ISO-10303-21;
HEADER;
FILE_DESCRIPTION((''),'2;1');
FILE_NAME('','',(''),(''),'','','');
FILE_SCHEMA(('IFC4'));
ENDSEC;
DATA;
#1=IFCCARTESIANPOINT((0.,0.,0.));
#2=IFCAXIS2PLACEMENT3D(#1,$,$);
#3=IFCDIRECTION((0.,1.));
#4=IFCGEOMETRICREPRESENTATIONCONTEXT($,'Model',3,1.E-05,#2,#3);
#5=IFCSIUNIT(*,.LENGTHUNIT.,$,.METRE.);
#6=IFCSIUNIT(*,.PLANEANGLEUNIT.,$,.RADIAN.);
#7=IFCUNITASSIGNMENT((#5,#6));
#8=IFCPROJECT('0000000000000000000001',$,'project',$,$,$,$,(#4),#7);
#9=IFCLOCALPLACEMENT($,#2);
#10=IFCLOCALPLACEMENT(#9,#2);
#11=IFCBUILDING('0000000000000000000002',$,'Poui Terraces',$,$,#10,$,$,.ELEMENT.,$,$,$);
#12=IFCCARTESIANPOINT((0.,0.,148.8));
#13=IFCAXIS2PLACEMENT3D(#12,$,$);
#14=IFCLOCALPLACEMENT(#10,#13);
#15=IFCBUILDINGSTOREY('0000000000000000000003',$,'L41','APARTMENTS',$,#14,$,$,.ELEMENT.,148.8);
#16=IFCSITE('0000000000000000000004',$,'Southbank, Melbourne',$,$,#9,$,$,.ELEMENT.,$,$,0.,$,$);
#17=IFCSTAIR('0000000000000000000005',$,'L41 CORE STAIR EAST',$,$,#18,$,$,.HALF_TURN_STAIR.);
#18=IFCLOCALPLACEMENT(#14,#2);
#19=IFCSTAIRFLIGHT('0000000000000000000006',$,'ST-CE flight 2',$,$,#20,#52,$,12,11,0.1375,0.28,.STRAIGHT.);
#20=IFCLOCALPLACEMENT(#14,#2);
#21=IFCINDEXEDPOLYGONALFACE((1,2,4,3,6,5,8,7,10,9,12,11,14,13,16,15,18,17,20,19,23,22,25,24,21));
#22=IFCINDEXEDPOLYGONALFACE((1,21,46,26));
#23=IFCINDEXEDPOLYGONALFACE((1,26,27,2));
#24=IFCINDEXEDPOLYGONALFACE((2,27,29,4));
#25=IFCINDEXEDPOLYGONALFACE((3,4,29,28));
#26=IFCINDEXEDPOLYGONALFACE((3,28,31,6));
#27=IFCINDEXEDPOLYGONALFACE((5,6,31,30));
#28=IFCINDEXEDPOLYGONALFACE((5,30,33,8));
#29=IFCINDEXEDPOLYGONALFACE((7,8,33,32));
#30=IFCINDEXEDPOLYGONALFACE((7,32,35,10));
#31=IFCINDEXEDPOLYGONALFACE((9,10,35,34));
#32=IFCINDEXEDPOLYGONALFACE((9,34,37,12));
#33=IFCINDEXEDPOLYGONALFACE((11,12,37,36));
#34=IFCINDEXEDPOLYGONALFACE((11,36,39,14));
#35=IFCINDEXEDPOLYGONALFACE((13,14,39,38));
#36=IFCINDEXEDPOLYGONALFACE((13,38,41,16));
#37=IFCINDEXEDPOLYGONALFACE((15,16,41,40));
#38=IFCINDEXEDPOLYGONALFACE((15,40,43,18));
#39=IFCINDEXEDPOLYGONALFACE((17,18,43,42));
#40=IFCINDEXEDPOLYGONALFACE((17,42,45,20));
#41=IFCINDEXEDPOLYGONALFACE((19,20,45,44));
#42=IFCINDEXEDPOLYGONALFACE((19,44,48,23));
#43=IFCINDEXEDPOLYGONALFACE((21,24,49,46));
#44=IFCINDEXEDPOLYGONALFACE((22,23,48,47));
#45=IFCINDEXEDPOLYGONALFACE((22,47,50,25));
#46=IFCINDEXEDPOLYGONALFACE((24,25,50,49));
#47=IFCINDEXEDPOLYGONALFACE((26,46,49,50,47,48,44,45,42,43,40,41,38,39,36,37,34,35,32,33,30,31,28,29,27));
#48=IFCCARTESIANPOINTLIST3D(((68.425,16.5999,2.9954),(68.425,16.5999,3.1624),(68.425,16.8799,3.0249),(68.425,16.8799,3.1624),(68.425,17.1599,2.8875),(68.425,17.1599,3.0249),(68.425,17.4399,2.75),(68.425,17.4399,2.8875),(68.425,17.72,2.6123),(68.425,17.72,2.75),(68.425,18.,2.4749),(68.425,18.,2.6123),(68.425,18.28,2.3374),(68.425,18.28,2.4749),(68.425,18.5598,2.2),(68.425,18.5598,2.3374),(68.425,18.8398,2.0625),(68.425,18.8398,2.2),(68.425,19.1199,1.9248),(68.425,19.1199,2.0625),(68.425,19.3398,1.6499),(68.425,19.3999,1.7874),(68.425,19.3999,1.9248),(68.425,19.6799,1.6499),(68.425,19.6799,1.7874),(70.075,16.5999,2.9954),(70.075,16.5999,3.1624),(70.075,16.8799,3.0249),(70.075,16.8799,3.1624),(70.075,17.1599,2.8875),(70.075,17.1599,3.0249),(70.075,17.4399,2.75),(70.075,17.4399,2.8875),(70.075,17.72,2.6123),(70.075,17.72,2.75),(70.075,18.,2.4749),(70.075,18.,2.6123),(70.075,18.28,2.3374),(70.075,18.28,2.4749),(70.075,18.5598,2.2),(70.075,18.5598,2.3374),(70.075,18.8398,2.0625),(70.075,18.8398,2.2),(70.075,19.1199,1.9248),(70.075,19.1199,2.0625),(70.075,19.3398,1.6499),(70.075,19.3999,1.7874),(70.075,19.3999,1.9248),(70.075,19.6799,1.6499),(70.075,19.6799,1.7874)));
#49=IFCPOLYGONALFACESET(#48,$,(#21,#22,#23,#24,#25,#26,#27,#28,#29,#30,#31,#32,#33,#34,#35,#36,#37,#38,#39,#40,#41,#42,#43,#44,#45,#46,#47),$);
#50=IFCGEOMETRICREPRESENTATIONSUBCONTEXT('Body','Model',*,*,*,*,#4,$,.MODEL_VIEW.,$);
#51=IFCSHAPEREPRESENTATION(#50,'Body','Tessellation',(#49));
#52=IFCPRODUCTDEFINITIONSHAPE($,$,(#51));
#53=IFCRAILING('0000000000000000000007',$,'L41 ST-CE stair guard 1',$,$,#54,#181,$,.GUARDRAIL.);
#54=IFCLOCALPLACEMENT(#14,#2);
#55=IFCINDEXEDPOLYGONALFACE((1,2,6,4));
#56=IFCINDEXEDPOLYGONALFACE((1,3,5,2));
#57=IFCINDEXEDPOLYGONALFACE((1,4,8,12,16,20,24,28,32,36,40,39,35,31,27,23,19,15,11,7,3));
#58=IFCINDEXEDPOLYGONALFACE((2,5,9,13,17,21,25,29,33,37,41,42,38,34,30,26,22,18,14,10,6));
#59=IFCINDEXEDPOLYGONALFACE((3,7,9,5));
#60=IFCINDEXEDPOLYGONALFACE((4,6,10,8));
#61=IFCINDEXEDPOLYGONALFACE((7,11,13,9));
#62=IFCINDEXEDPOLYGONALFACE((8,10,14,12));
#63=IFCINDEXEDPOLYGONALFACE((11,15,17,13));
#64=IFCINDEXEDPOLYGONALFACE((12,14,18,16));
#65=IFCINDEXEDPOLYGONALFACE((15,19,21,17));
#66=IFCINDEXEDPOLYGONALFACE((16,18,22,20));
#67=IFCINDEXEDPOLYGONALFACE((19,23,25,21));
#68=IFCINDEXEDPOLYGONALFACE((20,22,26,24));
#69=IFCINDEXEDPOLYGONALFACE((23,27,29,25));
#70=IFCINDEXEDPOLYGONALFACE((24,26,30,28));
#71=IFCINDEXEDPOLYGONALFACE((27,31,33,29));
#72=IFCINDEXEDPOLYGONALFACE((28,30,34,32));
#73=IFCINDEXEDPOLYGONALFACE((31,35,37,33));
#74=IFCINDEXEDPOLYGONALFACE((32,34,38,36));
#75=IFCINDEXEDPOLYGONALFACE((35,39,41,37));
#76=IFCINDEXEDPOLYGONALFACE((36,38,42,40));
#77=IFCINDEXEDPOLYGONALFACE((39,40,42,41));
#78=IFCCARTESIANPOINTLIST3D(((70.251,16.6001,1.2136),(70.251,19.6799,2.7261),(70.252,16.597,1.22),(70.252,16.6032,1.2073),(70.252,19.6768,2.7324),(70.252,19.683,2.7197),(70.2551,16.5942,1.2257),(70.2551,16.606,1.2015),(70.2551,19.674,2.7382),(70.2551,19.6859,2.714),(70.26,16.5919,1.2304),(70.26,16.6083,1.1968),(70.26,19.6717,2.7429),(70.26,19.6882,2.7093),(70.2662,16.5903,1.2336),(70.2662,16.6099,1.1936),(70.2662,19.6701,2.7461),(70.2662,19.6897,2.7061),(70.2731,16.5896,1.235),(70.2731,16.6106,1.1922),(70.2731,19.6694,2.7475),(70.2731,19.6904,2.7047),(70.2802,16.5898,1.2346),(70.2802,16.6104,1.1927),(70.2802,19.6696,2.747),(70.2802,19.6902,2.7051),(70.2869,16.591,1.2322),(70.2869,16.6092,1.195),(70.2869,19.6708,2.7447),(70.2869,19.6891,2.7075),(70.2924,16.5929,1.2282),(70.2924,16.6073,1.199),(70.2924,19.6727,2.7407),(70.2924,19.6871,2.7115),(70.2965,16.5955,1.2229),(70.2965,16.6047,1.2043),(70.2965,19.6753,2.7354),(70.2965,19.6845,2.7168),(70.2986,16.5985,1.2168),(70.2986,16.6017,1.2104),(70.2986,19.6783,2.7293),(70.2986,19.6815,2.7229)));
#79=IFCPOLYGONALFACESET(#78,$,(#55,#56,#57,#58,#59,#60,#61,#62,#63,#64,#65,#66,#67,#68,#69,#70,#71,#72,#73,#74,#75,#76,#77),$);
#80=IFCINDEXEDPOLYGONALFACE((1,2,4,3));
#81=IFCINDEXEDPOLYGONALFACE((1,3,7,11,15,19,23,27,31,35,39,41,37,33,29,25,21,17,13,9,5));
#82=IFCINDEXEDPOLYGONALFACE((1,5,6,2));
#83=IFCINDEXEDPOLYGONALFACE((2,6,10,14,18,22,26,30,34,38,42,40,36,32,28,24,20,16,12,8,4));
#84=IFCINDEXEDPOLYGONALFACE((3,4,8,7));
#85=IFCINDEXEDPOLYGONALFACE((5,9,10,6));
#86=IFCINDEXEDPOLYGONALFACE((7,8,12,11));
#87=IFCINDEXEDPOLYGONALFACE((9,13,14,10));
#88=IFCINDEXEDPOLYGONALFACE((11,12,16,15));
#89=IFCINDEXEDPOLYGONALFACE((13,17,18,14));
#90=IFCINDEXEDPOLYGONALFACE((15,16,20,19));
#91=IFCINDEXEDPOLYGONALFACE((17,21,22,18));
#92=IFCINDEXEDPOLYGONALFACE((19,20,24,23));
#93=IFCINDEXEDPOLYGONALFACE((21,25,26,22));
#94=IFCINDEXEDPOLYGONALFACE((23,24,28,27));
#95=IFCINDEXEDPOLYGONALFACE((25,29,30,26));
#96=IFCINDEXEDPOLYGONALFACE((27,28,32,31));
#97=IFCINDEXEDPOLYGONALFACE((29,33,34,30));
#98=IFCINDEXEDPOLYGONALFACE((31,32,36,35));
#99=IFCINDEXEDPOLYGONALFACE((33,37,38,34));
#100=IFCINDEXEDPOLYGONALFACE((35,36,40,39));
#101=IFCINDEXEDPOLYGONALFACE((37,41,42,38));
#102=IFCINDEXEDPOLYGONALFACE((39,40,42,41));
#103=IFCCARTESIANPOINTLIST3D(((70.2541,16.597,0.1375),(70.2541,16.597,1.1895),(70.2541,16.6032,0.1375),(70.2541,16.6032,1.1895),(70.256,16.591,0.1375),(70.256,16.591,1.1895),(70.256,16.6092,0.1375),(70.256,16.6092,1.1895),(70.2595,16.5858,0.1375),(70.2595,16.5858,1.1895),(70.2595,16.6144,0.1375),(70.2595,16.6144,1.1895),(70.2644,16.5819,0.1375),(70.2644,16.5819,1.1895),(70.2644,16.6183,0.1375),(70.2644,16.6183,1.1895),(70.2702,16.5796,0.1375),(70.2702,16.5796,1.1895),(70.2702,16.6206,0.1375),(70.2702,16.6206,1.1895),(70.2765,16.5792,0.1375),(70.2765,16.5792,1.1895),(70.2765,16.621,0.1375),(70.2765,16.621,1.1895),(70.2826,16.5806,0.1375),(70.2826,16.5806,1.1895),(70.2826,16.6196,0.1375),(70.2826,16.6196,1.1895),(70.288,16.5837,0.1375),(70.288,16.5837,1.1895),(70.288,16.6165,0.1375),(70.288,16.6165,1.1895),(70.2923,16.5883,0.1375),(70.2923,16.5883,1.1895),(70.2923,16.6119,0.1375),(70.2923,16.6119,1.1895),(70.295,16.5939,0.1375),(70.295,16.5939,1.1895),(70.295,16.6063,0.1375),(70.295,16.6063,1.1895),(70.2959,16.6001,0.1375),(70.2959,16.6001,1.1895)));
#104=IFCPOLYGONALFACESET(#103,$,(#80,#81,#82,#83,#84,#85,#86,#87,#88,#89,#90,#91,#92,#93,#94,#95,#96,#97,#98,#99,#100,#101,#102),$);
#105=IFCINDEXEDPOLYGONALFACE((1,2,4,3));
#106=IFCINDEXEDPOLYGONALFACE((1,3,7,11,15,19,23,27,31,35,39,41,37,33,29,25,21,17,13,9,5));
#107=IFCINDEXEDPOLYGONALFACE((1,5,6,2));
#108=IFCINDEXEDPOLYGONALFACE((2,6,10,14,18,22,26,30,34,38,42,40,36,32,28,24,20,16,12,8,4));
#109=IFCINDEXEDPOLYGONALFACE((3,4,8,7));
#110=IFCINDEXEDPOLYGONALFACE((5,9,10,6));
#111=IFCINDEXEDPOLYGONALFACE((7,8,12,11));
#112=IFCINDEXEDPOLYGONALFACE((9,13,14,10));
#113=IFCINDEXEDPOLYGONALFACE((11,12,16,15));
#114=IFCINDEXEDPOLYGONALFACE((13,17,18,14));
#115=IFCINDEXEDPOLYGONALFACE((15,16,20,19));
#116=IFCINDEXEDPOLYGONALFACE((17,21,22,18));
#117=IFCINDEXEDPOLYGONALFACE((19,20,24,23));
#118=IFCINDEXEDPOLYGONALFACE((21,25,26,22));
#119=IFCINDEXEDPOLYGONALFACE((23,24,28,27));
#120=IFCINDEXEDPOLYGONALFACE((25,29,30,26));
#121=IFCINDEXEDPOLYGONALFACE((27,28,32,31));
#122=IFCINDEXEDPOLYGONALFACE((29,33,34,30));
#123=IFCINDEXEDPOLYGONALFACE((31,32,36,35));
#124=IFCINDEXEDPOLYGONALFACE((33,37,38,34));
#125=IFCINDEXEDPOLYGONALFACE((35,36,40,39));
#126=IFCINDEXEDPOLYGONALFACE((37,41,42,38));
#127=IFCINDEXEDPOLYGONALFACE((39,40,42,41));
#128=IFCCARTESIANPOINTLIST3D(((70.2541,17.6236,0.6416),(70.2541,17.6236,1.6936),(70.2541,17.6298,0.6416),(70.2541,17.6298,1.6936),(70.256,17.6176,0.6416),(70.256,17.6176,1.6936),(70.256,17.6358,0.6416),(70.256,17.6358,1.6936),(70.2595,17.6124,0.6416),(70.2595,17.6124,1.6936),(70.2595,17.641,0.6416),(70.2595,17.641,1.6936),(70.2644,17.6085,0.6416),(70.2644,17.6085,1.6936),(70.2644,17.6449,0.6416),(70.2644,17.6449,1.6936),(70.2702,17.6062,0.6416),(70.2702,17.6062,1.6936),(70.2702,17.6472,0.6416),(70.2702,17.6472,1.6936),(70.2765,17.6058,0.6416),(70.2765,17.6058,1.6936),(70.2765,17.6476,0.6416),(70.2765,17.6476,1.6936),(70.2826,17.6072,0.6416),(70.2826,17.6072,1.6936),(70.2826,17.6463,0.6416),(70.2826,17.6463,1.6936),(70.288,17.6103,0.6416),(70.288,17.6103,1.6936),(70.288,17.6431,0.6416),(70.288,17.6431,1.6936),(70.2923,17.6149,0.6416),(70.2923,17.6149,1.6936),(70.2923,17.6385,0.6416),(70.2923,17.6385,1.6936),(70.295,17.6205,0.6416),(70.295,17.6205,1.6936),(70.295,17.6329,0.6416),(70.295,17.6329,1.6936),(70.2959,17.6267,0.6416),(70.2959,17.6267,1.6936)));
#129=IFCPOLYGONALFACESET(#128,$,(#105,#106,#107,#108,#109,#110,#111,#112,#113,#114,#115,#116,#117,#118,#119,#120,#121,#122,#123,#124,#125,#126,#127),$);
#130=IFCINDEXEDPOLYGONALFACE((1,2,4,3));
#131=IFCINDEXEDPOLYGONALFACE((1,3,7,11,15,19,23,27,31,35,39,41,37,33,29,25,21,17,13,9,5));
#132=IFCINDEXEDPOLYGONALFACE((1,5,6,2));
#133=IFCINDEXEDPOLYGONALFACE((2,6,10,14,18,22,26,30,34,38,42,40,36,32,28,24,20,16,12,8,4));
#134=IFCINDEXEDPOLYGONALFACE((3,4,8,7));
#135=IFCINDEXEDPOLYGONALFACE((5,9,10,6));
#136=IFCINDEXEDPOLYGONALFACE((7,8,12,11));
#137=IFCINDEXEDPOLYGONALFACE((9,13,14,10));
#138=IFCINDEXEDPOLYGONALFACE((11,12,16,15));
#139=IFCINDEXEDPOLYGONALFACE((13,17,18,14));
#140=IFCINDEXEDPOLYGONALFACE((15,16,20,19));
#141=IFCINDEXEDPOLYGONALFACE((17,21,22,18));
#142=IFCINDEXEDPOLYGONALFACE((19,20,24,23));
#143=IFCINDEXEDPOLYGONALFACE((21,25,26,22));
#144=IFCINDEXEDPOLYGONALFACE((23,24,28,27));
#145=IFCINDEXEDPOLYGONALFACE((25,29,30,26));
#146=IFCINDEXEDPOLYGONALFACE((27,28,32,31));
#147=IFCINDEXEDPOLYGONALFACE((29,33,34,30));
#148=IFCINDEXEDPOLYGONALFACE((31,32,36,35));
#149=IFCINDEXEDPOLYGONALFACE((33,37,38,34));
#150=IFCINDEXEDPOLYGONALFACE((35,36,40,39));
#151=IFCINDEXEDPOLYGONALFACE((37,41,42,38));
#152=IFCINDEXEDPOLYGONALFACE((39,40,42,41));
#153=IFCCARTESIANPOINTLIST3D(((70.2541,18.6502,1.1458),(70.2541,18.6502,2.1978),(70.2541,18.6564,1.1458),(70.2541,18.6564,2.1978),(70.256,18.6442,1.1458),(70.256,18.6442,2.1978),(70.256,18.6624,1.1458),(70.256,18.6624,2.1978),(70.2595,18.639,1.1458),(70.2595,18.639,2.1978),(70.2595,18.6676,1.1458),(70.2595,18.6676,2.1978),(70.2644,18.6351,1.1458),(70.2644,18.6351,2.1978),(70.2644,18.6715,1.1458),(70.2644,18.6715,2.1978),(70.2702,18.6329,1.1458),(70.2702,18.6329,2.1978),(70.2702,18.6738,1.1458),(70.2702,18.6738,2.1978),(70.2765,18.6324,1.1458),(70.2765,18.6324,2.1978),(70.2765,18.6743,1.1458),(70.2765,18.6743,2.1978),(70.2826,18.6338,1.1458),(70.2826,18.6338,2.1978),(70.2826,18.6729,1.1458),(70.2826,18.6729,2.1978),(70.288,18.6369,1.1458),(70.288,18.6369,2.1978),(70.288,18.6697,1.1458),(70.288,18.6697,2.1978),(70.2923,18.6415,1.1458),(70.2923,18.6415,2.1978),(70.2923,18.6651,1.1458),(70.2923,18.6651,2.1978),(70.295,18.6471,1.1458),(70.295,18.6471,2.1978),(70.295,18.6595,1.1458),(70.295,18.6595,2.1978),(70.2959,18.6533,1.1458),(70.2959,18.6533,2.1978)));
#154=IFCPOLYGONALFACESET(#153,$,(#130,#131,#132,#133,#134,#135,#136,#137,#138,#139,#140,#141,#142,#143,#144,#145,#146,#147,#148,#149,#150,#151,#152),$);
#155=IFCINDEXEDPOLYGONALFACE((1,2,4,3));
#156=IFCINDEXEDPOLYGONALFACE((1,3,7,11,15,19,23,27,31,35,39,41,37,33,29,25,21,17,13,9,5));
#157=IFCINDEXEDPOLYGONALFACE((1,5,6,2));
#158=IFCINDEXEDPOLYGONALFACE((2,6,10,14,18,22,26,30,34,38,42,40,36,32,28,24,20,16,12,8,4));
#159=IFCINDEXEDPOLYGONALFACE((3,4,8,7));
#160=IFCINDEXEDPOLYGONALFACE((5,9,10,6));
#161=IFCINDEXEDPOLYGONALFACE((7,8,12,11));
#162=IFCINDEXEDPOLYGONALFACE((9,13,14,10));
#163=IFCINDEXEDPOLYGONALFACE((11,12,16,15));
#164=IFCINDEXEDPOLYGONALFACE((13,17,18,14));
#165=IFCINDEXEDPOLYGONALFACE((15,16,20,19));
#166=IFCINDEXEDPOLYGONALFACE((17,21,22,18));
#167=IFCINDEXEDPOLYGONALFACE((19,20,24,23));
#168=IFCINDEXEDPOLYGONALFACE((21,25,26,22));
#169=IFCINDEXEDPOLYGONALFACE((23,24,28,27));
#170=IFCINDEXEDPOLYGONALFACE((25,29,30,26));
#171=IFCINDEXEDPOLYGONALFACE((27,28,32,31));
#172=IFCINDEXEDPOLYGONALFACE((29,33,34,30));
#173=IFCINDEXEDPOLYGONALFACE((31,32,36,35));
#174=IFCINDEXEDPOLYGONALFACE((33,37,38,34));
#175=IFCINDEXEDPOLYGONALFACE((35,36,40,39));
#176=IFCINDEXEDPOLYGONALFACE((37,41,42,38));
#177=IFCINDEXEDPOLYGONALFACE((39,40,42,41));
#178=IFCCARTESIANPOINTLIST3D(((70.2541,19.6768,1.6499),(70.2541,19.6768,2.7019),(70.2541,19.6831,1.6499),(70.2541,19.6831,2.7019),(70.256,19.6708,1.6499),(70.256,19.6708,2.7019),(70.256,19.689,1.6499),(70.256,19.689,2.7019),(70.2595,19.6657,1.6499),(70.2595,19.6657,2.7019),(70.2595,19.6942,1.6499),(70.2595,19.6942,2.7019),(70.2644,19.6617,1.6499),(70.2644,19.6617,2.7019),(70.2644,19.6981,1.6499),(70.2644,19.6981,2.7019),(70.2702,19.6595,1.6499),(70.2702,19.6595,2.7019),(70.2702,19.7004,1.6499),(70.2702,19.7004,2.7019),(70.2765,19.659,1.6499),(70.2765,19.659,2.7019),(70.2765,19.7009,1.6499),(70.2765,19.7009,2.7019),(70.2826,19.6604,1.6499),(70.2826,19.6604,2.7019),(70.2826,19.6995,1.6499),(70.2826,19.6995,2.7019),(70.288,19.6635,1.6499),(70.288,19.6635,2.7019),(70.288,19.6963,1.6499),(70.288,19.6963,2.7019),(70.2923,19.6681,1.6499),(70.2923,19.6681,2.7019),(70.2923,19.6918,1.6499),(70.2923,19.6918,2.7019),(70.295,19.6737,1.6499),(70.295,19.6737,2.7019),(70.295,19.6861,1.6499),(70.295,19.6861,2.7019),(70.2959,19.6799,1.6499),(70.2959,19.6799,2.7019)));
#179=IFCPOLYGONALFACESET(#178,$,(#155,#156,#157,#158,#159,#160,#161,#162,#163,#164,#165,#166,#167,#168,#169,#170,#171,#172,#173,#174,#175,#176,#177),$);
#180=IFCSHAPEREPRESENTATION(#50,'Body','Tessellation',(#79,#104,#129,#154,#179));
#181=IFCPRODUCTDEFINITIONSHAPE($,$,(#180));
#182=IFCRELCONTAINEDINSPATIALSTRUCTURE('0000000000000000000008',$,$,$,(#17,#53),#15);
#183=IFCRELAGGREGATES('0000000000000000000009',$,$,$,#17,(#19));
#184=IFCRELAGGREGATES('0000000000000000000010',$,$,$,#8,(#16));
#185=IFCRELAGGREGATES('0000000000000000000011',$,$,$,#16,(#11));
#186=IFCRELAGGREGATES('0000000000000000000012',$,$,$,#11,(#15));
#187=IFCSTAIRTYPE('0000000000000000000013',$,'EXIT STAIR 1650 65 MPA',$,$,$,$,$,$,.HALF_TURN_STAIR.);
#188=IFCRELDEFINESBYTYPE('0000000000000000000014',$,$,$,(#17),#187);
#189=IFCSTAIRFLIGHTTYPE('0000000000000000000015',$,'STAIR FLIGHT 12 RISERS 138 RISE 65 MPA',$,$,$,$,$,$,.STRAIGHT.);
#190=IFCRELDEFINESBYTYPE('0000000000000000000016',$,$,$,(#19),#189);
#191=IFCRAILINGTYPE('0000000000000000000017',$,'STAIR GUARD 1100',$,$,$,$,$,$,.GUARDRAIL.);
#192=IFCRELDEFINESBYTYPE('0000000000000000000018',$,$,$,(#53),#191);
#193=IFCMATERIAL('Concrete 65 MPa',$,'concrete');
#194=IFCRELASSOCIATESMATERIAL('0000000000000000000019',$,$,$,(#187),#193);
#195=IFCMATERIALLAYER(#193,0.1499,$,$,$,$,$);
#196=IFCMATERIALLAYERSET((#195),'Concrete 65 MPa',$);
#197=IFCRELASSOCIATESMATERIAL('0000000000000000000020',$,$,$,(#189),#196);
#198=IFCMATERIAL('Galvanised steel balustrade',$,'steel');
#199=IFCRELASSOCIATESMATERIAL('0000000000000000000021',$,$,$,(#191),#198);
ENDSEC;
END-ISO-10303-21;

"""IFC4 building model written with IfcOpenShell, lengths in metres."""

from ifc_helpers import new_model, si_unit, direction, frame, origin, origin_2d, place, context, subcontext, project, spatial, polyline, circle, outline, extrude, material, layer, layer_set, type_object, element, aggregate, save


model = new_model("IFC4")

# Units and contexts
model_context = context("Model", 3, precision=1e-05, world=origin(), true_north=direction((0.0, 1.0)))
body_context = subcontext(model_context, "Body", "Model", "MODEL_VIEW")
ifc_project = project(units=[si_unit("LENGTHUNIT", "METRE"), si_unit("PLANEANGLEUNIT", "RADIAN")], contexts=[model_context])

# Site, building, storey
site_placement = place(None, origin())
site = spatial("IfcSite", under=ifc_project, at=site_placement, Name="Southbank, Melbourne", CompositionType="ELEMENT", RefElevation=0.0)
building_placement = place(site_placement, origin())
building = spatial("IfcBuilding", under=site, at=building_placement, Name="Poui Terraces", CompositionType="ELEMENT")
storey_placement = place(building_placement, frame((0.0, 0.0, 148.8)))
storey = spatial("IfcBuildingStorey", under=building, at=storey_placement, Name="L41", Description="APARTMENTS", CompositionType="ELEMENT", Elevation=148.8)

# Shared definitions
ifc_material_1 = material(Name="Concrete 65 MPa", Category="concrete")

# Stair, stair flight
stair_type = type_object("IfcStairType", Name="EXIT STAIR 1650 65 MPA", PredefinedType="HALF_TURN_STAIR", material=ifc_material_1)
stair_placement = place(storey_placement, origin())
stair = element("IfcStair", 1, at=stair_placement, inside=storey, type_object=stair_type, Name="L41 CORE STAIR EAST", PredefinedType="HALF_TURN_STAIR")
ifc_layer_1 = layer(ifc_material_1, 0.1499)
ifc_layer_set_1 = layer_set([ifc_layer_1], Name="Concrete 65 MPa")
stair_flight_type = type_object("IfcStairFlightType", Name="STAIR FLIGHT 12 RISERS 138 RISE 65 MPA", PredefinedType="STRAIGHT", material=ifc_layer_set_1)
stair_flight_1_placement = place(storey_placement, frame((69.25, 19.6799, 1.6499), z_axis=(0.0, 0.0, 1.0), x_axis=(0.0, -1.0, 0.0)))
stair_flight_1 = element("IfcStairFlight", 2, at=stair_flight_1_placement, type_object=stair_flight_type, Name="ST-CE flight 2", NumberOfRisers=12, NumberOfTreads=11, PredefinedType="STRAIGHT", RiserHeight=0.1375, TreadLength=0.28, context=body_context, shape_type="SweptSolid", body=[
    extrude(outline(polyline([(0.0, 0.0), (0.0, 0.1375), (0.28, 0.1375), (0.28, 0.2749), (0.5601, 0.2749), (0.5601, 0.4126), (0.8401, 0.4126), (0.8401, 0.55), (1.1201, 0.55), (1.1201, 0.6875), (1.3999, 0.6875), (1.3999, 0.825), (1.6799, 0.825), (1.6799, 0.9624), (1.96, 0.9624), (1.96, 1.1001), (2.24, 1.1001), (2.24, 1.2375), (2.52, 1.2375), (2.52, 1.375), (2.8, 1.375), (2.8, 1.5125), (3.0801, 1.5125), (3.0801, 1.6499), (3.0801, 1.3455), (0.3401, 0.0), (0.0, 0.0)])), frame((0.0, 0.825, 0.0), z_axis=(0.0, -1.0, 0.0), x_axis=(1.0, 0.0, 0.0)), (0.0, 0.0, 1.0), 1.6499),
])
aggregate(stair, [stair_flight_1])

# Railing
ifc_material_2 = material(Name="Galvanised steel balustrade", Category="steel")
railing_type_1 = type_object("IfcRailingType", Name="STAIR GUARD 1100", PredefinedType="GUARDRAIL", material=ifc_material_2)
railing_1_placement = place(storey_placement, frame((70.2749, 16.6001, 0.1375)))
element("IfcRailing", 3, at=railing_1_placement, inside=storey, type_object=railing_type_1, Name="L41 ST-CE stair guard 1", PredefinedType="GUARDRAIL", context=body_context, shape_type="SweptSolid", body=[
    extrude(circle(Radius=0.0239, at=origin_2d()), frame((0.0, 0.0, 1.0762), z_axis=(0.0, 0.897606, 0.440798), x_axis=(-1.0, 0.0, 0.0)), (0.0, 0.0, 1.0), 3.4312),
    extrude(circle(Radius=0.021, at=origin_2d()), origin(), (0.0, 0.0, 1.0), 1.052),
    extrude(circle(Radius=0.021, at=origin_2d()), frame((0.0, 1.0266, 0.5042)), (0.0, 0.0, 1.0), 1.052),
    extrude(circle(Radius=0.021, at=origin_2d()), frame((0.0, 2.0532, 1.0083)), (0.0, 0.0, 1.0), 1.052),
    extrude(circle(Radius=0.021, at=origin_2d()), frame((0.0, 3.0798, 1.5125)), (0.0, 0.0, 1.0), 1.052),
])

save(model, "model.ifc")
